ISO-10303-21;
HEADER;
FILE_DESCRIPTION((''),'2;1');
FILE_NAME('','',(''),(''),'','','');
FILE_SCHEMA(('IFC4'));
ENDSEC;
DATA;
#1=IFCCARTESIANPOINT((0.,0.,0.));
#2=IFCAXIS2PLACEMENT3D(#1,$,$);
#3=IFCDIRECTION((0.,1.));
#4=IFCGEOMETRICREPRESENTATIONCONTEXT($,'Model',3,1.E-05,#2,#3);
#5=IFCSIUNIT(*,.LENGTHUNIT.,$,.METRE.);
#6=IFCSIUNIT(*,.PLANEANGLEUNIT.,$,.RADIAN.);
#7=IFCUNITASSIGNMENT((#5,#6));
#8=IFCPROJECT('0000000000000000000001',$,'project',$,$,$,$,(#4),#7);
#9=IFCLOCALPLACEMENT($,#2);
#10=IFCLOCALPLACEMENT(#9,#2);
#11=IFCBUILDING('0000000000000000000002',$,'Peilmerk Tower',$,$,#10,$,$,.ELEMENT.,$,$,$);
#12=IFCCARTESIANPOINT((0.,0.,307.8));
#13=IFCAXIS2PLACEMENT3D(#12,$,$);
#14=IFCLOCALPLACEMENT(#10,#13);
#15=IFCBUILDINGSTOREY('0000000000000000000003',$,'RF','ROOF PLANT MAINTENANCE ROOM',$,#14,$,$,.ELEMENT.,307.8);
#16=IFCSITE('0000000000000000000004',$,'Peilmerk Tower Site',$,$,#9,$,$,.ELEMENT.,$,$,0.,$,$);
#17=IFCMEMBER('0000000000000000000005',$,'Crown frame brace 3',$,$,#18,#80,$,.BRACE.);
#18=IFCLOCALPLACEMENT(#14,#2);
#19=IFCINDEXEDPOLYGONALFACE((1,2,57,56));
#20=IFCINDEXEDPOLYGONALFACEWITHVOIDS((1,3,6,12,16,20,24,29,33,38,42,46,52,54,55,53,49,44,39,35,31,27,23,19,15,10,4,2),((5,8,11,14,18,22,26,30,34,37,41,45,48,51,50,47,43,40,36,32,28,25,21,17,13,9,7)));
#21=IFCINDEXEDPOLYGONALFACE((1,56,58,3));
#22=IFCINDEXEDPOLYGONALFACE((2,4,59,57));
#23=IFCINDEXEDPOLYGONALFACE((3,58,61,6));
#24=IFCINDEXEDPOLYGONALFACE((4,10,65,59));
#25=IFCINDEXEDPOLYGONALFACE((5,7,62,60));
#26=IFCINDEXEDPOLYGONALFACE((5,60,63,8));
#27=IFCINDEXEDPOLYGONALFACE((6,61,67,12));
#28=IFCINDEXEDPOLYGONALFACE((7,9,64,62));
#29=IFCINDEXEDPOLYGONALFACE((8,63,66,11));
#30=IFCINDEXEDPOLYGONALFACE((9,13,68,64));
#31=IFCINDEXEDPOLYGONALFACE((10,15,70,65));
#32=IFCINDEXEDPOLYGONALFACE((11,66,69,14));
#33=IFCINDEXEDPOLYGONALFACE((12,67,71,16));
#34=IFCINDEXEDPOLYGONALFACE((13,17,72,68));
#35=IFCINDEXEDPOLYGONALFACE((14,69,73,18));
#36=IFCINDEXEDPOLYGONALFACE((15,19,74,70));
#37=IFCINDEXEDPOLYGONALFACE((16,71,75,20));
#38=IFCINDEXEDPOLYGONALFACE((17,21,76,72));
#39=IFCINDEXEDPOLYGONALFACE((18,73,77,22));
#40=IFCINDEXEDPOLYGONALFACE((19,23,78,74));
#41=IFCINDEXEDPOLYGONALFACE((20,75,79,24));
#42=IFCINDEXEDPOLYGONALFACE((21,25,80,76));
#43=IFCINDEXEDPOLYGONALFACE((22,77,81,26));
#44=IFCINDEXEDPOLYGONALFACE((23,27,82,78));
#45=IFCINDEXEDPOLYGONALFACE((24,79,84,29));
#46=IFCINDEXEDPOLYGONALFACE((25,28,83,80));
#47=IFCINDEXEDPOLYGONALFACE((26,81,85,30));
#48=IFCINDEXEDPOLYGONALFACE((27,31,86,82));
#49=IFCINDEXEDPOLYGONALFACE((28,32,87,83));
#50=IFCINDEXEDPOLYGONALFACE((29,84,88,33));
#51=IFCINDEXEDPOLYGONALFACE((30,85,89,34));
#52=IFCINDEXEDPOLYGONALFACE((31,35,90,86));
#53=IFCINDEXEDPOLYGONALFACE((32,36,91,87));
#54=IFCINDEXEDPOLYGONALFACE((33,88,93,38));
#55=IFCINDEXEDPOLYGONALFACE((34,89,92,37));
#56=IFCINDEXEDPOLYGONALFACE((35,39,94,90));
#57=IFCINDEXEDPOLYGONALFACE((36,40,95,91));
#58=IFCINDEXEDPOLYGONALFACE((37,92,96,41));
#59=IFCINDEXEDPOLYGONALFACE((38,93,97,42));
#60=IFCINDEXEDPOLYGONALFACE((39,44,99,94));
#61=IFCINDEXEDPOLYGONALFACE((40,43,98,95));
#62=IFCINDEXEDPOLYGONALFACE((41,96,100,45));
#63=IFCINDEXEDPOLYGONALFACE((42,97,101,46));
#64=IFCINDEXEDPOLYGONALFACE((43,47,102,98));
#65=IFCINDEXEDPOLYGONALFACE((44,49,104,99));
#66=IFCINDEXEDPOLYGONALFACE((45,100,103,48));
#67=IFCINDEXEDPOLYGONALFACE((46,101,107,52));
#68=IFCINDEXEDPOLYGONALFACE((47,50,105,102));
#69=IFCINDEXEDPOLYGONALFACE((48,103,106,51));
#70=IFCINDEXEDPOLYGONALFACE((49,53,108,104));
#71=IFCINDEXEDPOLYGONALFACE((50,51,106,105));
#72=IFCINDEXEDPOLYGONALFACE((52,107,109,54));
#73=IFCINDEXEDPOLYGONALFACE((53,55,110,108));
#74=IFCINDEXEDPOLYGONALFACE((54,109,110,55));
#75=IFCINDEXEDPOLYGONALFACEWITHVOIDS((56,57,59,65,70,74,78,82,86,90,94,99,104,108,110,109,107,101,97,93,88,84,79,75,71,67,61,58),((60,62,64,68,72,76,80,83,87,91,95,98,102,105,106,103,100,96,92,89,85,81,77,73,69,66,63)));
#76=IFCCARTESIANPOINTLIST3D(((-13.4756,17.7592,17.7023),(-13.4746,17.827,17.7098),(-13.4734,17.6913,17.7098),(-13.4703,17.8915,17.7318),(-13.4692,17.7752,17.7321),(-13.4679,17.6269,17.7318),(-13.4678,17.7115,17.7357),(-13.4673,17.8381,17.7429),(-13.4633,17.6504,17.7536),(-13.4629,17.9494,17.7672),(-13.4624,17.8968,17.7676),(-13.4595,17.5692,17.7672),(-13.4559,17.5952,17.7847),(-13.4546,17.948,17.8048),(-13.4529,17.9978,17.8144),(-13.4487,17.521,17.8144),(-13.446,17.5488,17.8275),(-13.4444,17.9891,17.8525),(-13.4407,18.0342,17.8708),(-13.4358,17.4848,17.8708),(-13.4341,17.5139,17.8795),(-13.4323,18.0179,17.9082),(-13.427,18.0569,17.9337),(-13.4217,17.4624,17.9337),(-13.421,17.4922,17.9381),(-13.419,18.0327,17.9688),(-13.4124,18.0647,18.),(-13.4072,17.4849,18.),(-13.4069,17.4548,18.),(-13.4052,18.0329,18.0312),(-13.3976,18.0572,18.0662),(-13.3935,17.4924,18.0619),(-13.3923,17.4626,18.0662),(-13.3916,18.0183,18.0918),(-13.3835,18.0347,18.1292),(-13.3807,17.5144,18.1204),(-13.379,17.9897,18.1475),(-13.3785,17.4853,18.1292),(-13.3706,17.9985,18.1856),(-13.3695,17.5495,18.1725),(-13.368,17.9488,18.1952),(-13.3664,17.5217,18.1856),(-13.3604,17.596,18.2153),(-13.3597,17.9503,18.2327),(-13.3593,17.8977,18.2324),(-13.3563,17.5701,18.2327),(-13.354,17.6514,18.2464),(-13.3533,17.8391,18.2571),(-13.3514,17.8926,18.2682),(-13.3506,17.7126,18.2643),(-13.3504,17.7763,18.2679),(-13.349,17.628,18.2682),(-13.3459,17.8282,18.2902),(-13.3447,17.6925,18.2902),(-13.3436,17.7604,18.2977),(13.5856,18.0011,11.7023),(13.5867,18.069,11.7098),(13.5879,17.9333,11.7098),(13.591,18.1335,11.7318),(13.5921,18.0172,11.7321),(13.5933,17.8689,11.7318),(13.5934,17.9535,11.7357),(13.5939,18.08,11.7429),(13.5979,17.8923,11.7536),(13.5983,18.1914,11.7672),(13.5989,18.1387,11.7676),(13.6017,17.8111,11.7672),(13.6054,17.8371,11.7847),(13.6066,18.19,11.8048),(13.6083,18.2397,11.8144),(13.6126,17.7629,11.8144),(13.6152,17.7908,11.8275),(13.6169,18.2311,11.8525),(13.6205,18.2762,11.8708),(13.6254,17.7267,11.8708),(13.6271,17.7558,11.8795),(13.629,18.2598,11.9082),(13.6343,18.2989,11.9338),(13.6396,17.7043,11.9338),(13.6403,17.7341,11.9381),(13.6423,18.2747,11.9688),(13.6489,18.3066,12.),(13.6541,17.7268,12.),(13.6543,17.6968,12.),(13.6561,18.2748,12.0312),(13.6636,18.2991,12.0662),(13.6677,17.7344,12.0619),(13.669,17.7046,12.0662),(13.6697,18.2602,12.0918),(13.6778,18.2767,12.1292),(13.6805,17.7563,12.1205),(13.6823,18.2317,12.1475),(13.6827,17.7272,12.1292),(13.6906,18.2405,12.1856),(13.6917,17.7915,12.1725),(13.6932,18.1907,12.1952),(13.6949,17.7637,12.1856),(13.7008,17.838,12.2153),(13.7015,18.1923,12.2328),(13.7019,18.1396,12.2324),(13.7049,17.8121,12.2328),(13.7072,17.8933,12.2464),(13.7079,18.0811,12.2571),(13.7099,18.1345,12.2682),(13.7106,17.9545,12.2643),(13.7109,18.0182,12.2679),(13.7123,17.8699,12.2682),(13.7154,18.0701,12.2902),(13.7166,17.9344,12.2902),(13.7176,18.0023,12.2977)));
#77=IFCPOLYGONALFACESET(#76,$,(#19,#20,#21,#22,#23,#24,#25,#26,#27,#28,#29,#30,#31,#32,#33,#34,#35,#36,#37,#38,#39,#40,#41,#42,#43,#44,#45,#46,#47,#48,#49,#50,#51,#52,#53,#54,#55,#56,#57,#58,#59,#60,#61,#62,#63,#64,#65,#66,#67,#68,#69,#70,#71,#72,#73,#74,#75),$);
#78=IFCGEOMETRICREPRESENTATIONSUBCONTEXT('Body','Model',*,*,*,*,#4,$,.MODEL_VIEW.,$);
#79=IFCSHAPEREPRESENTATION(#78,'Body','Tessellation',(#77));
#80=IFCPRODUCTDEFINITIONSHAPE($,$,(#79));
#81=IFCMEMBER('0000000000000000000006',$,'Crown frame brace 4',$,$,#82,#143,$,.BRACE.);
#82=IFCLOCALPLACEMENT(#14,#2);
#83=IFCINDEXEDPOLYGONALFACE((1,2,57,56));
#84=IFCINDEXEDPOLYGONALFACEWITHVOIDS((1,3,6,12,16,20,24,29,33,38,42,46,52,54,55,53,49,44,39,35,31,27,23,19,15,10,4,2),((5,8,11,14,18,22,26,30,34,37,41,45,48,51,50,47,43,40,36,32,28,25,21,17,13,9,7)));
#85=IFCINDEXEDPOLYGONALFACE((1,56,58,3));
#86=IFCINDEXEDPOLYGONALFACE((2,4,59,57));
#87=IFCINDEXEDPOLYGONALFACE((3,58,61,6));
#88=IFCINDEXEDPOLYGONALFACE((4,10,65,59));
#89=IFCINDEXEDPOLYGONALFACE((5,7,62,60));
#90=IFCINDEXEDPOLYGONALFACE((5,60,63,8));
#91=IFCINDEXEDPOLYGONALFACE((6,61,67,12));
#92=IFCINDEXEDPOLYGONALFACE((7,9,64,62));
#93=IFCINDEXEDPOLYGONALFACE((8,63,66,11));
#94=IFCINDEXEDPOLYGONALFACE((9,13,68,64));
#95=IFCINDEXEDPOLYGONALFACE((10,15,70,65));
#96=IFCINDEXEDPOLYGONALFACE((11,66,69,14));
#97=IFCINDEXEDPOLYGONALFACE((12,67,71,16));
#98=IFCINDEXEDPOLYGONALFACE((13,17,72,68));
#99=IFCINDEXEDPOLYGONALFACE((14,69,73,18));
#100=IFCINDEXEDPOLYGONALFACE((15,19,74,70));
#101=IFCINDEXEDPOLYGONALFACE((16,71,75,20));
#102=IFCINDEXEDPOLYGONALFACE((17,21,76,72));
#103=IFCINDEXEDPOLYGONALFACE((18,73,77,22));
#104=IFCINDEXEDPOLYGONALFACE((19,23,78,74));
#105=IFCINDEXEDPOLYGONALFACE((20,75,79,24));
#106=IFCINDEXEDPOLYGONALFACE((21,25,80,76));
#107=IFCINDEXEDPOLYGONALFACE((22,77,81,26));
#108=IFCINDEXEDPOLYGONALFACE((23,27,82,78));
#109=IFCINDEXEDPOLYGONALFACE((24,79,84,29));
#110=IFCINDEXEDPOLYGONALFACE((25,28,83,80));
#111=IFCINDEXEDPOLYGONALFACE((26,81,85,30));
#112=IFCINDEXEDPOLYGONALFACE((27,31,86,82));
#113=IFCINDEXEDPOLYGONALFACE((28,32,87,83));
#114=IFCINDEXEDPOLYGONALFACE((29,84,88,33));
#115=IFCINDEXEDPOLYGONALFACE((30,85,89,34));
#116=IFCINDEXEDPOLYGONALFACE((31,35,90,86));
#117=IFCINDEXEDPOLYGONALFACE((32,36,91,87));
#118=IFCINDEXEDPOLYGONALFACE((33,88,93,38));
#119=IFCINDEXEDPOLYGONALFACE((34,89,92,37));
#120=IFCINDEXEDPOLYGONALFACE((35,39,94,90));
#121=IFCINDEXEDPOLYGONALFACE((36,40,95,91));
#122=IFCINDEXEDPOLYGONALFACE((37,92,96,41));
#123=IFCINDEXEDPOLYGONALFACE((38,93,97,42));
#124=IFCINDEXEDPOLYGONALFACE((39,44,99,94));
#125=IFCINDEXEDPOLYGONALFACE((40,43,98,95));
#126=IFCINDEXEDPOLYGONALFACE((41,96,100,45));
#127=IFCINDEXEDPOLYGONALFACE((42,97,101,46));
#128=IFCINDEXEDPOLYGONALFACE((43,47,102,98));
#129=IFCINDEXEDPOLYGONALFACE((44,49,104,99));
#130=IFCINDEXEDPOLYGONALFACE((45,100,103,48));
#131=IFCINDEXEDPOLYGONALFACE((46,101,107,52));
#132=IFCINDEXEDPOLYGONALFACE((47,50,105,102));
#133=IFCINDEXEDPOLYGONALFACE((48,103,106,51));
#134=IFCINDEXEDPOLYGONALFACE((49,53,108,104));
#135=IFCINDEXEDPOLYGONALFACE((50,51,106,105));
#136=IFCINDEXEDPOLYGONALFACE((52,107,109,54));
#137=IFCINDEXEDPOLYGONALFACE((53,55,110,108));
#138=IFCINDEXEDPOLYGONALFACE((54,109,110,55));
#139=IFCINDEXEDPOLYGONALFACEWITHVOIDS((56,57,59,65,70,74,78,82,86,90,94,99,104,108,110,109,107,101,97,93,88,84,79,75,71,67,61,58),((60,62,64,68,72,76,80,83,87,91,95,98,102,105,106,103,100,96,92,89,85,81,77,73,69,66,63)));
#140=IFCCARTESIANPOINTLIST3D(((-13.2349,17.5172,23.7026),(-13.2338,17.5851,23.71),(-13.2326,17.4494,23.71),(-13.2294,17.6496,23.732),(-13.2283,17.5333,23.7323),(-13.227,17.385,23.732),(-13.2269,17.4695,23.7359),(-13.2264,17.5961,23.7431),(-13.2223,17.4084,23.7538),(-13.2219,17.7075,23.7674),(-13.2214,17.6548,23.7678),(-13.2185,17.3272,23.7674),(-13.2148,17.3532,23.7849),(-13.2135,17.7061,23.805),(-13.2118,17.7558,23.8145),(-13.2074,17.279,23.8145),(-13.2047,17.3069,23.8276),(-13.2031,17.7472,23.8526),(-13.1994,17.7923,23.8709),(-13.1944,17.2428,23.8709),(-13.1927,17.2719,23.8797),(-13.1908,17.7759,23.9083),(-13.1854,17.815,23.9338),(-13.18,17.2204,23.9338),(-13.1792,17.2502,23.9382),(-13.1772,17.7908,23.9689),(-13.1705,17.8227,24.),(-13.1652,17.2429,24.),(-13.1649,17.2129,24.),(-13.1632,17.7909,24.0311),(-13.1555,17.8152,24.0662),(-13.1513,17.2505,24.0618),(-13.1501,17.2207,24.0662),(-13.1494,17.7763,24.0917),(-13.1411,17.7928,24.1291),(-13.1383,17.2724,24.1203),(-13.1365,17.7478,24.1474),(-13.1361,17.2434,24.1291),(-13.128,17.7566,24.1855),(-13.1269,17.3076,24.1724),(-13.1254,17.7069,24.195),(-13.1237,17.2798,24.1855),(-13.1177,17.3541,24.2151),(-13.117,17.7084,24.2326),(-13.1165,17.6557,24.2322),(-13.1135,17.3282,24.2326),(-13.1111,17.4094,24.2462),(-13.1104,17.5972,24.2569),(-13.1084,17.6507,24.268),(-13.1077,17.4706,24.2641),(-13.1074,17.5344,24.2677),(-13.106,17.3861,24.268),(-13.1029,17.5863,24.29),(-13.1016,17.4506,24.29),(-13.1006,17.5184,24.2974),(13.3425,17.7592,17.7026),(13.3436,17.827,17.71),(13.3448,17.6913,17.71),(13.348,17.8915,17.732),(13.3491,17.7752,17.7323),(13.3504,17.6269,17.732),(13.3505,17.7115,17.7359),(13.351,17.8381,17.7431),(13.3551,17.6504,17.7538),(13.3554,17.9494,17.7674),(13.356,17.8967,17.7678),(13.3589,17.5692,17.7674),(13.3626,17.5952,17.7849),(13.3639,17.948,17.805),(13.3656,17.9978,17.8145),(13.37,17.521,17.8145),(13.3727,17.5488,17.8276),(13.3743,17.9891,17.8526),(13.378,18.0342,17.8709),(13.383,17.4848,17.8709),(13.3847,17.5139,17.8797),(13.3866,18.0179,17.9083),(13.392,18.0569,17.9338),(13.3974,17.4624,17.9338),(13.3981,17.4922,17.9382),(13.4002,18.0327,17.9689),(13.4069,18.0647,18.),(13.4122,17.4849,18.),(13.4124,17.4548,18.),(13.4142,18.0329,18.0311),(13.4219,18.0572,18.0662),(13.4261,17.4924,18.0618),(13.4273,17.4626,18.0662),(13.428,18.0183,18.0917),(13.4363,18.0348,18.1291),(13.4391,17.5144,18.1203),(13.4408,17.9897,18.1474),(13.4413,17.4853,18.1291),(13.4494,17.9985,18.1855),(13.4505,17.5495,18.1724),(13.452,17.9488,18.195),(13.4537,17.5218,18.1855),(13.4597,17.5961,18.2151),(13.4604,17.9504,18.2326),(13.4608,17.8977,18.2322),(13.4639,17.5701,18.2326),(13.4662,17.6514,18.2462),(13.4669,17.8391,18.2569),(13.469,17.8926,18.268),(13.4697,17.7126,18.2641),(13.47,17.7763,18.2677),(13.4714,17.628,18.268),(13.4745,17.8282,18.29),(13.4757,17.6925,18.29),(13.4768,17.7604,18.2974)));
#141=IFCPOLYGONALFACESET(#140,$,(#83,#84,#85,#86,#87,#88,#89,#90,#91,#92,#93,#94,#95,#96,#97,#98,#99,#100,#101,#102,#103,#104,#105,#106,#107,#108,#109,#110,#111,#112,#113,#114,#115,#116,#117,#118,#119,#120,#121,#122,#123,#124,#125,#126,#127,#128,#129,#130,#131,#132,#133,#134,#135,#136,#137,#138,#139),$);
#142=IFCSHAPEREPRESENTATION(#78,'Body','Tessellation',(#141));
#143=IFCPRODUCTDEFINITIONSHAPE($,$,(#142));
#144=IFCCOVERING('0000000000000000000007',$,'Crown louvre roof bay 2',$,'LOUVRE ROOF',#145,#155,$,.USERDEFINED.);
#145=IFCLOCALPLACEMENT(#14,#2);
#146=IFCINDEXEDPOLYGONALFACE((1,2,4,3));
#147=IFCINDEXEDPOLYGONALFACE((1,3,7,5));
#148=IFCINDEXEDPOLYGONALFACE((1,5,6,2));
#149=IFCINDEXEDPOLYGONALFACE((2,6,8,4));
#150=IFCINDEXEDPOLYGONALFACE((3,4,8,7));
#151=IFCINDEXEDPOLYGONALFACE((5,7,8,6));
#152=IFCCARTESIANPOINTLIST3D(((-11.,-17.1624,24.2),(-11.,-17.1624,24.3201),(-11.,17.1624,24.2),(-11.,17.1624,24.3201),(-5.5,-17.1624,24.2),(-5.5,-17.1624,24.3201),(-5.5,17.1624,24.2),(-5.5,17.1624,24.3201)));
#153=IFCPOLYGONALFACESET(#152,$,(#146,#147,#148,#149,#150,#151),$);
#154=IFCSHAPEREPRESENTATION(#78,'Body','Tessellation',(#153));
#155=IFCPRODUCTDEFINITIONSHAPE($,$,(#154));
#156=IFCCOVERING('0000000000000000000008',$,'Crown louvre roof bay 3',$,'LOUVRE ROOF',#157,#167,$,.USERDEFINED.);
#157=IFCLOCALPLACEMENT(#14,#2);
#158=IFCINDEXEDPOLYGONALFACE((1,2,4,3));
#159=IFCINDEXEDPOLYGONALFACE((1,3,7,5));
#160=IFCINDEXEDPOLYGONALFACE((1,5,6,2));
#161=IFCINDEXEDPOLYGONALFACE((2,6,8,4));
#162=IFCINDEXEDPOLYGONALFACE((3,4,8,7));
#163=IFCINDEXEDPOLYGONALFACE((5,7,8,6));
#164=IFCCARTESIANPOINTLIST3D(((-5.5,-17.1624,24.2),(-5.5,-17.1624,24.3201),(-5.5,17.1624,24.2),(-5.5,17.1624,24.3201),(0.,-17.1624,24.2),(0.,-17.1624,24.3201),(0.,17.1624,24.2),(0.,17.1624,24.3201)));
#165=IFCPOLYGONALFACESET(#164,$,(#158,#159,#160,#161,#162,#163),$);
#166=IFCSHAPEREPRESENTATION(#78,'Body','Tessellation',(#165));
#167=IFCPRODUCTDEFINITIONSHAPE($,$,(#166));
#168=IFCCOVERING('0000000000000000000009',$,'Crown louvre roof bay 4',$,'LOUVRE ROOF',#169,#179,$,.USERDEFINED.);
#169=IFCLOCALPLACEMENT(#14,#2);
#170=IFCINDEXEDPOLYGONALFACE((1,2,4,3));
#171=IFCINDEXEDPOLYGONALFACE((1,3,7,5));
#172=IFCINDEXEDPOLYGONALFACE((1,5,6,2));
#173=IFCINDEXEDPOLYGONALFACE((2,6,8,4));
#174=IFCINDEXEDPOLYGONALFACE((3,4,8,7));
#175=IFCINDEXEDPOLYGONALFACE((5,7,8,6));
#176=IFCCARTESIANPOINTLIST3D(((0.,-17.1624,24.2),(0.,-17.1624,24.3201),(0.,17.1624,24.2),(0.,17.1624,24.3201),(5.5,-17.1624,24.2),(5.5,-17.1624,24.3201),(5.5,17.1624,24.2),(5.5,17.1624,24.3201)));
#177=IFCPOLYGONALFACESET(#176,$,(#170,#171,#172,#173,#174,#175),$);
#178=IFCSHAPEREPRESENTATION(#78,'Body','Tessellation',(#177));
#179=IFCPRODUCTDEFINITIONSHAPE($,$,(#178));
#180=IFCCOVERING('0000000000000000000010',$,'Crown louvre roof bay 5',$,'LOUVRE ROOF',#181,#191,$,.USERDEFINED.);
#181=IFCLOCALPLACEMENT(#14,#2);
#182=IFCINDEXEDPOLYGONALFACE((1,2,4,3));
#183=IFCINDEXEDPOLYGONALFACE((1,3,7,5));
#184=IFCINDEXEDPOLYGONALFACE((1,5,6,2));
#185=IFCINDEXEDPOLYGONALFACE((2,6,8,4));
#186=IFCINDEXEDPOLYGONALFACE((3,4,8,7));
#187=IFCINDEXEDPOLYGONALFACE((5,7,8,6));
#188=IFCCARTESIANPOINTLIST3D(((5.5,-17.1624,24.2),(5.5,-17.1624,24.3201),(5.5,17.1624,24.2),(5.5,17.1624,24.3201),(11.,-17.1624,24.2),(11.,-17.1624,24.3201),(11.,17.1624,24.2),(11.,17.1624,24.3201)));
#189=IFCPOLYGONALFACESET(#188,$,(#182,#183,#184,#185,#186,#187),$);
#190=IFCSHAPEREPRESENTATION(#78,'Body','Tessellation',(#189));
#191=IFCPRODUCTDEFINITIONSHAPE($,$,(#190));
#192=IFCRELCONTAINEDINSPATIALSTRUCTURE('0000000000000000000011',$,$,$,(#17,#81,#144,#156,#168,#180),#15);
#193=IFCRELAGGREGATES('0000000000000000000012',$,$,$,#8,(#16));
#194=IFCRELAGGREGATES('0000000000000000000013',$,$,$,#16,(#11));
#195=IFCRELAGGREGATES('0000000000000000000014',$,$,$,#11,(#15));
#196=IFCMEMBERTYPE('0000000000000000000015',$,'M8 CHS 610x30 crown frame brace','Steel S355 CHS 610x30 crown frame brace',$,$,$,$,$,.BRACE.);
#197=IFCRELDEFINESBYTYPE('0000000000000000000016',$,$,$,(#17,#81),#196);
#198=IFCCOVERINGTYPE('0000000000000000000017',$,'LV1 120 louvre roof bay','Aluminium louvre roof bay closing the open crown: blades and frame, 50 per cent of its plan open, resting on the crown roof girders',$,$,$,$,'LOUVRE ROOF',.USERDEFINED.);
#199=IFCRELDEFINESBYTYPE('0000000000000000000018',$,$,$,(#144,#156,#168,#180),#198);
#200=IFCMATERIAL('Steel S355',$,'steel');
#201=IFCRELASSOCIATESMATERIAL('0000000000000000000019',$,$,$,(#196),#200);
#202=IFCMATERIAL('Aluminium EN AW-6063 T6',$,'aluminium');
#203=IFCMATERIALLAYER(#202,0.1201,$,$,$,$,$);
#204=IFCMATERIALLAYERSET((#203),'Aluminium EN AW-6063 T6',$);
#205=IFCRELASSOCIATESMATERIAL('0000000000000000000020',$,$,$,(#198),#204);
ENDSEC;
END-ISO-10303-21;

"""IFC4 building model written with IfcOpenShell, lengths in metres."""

from ifc_helpers import new_model, si_unit, direction, frame, origin, origin_2d, place, context, subcontext, project, spatial, polyline, hollow_circle, outline, extrude, material, layer, layer_set, material_profile, profile_set, type_object, element, save


model = new_model("IFC4")

# Units and contexts
model_context = context("Model", 3, precision=1e-05, world=origin(), true_north=direction((0.0, 1.0)))
body_context = subcontext(model_context, "Body", "Model", "MODEL_VIEW")
ifc_project = project(units=[si_unit("LENGTHUNIT", "METRE"), si_unit("PLANEANGLEUNIT", "RADIAN")], contexts=[model_context])

# Site, building, storey
site_placement = place(None, origin())
site = spatial("IfcSite", under=ifc_project, at=site_placement, Name="Peilmerk Tower Site", CompositionType="ELEMENT", RefElevation=0.0)
building_placement = place(site_placement, origin())
building = spatial("IfcBuilding", under=site, at=building_placement, Name="Peilmerk Tower", CompositionType="ELEMENT")
storey_placement = place(building_placement, frame((0.0, 0.0, 307.8)))
storey = spatial("IfcBuildingStorey", under=building, at=storey_placement, Name="RF", Description="ROOF PLANT MAINTENANCE ROOM", CompositionType="ELEMENT", Elevation=307.8)

# Shared definitions
ifc_material_1 = material(Name="Steel S355", Category="steel")

# Members
ifc_material_profile_1 = material_profile(ifc_material_1, hollow_circle(Radius=0.3049, WallThickness=0.03, at=origin_2d()), Name="CHS 610x30")
ifc_profile_set_1 = profile_set([ifc_material_profile_1], Name="Steel S355")
member_type_1 = type_object("IfcMemberType", Name="M8 CHS 610x30 crown frame brace", Description="Steel S355 CHS 610x30 crown frame brace", PredefinedType="BRACE", material=ifc_profile_set_1)
member_1_placement = place(storey_placement, frame((13.6516, 18.0017, 12.0), z_axis=(-0.976254, -0.008728, 0.216454), x_axis=(0.00894, -0.99996, 0.0)))
element("IfcMember", 1, at=member_1_placement, inside=storey, type_object=member_type_1, Name="Crown frame brace 3", PredefinedType="BRACE", context=body_context, shape_type="SweptSolid", body=[
    extrude(hollow_circle(Radius=0.3049, WallThickness=0.03, at=origin_2d()), origin(), (0.0, 0.0, 1.0), 27.7195),
])
member_2_placement = place(storey_placement, frame((13.4097, 17.7598, 18.0), z_axis=(-0.975413, -0.00888, 0.220205), x_axis=(0.009103, -0.999959, 0.0)))
element("IfcMember", 2, at=member_2_placement, inside=storey, type_object=member_type_1, Name="Crown frame brace 4", PredefinedType="BRACE", context=body_context, shape_type="SweptSolid", body=[
    extrude(hollow_circle(Radius=0.3049, WallThickness=0.03, at=origin_2d()), origin(), (0.0, 0.0, 1.0), 27.2473),
])

# Coverings
ifc_material_2 = material(Name="Aluminium EN AW-6063 T6", Category="aluminium")
ifc_layer = layer(ifc_material_2, 0.1201)
ifc_layer_set = layer_set([ifc_layer], Name="Aluminium EN AW-6063 T6")
covering_type = type_object("IfcCoveringType", Name="LV1 120 louvre roof bay", Description="Aluminium louvre roof bay closing the open crown: blades and frame, 50 per cent of its plan open, resting on the crown roof girders", ElementType="LOUVRE ROOF", PredefinedType="USERDEFINED", material=ifc_layer_set)
covering_1_placement = place(storey_placement, frame((0.0, 0.0, 24.2)))
element("IfcCovering", 3, at=covering_1_placement, inside=storey, type_object=covering_type, Name="Crown louvre roof bay 2", ObjectType="LOUVRE ROOF", PredefinedType="USERDEFINED", context=body_context, shape_type="SweptSolid", body=[
    extrude(outline(polyline([(-11.0, -17.1624), (-5.5, -17.1624), (-5.5, 17.1624), (-11.0, 17.1624), (-11.0, -17.1624)])), origin(), (0.0, 0.0, 1.0), 0.1201),
])
covering_2_placement = place(storey_placement, frame((0.0, 0.0, 24.2)))
element("IfcCovering", 4, at=covering_2_placement, inside=storey, type_object=covering_type, Name="Crown louvre roof bay 3", ObjectType="LOUVRE ROOF", PredefinedType="USERDEFINED", context=body_context, shape_type="SweptSolid", body=[
    extrude(outline(polyline([(-5.5, -17.1624), (0.0, -17.1624), (0.0, 17.1624), (-5.5, 17.1624), (-5.5, -17.1624)])), origin(), (0.0, 0.0, 1.0), 0.1201),
])
covering_3_placement = place(storey_placement, frame((0.0, 0.0, 24.2)))
element("IfcCovering", 5, at=covering_3_placement, inside=storey, type_object=covering_type, Name="Crown louvre roof bay 4", ObjectType="LOUVRE ROOF", PredefinedType="USERDEFINED", context=body_context, shape_type="SweptSolid", body=[
    extrude(outline(polyline([(0.0, -17.1624), (5.5, -17.1624), (5.5, 17.1624), (0.0, 17.1624), (0.0, -17.1624)])), origin(), (0.0, 0.0, 1.0), 0.1201),
])
covering_4_placement = place(storey_placement, frame((0.0, 0.0, 24.2)))
element("IfcCovering", 6, at=covering_4_placement, inside=storey, type_object=covering_type, Name="Crown louvre roof bay 5", ObjectType="LOUVRE ROOF", PredefinedType="USERDEFINED", context=body_context, shape_type="SweptSolid", body=[
    extrude(outline(polyline([(5.5, -17.1624), (11.0, -17.1624), (11.0, 17.1624), (5.5, 17.1624), (5.5, -17.1624)])), origin(), (0.0, 0.0, 1.0), 0.1201),
])

save(model, "model.ifc")
